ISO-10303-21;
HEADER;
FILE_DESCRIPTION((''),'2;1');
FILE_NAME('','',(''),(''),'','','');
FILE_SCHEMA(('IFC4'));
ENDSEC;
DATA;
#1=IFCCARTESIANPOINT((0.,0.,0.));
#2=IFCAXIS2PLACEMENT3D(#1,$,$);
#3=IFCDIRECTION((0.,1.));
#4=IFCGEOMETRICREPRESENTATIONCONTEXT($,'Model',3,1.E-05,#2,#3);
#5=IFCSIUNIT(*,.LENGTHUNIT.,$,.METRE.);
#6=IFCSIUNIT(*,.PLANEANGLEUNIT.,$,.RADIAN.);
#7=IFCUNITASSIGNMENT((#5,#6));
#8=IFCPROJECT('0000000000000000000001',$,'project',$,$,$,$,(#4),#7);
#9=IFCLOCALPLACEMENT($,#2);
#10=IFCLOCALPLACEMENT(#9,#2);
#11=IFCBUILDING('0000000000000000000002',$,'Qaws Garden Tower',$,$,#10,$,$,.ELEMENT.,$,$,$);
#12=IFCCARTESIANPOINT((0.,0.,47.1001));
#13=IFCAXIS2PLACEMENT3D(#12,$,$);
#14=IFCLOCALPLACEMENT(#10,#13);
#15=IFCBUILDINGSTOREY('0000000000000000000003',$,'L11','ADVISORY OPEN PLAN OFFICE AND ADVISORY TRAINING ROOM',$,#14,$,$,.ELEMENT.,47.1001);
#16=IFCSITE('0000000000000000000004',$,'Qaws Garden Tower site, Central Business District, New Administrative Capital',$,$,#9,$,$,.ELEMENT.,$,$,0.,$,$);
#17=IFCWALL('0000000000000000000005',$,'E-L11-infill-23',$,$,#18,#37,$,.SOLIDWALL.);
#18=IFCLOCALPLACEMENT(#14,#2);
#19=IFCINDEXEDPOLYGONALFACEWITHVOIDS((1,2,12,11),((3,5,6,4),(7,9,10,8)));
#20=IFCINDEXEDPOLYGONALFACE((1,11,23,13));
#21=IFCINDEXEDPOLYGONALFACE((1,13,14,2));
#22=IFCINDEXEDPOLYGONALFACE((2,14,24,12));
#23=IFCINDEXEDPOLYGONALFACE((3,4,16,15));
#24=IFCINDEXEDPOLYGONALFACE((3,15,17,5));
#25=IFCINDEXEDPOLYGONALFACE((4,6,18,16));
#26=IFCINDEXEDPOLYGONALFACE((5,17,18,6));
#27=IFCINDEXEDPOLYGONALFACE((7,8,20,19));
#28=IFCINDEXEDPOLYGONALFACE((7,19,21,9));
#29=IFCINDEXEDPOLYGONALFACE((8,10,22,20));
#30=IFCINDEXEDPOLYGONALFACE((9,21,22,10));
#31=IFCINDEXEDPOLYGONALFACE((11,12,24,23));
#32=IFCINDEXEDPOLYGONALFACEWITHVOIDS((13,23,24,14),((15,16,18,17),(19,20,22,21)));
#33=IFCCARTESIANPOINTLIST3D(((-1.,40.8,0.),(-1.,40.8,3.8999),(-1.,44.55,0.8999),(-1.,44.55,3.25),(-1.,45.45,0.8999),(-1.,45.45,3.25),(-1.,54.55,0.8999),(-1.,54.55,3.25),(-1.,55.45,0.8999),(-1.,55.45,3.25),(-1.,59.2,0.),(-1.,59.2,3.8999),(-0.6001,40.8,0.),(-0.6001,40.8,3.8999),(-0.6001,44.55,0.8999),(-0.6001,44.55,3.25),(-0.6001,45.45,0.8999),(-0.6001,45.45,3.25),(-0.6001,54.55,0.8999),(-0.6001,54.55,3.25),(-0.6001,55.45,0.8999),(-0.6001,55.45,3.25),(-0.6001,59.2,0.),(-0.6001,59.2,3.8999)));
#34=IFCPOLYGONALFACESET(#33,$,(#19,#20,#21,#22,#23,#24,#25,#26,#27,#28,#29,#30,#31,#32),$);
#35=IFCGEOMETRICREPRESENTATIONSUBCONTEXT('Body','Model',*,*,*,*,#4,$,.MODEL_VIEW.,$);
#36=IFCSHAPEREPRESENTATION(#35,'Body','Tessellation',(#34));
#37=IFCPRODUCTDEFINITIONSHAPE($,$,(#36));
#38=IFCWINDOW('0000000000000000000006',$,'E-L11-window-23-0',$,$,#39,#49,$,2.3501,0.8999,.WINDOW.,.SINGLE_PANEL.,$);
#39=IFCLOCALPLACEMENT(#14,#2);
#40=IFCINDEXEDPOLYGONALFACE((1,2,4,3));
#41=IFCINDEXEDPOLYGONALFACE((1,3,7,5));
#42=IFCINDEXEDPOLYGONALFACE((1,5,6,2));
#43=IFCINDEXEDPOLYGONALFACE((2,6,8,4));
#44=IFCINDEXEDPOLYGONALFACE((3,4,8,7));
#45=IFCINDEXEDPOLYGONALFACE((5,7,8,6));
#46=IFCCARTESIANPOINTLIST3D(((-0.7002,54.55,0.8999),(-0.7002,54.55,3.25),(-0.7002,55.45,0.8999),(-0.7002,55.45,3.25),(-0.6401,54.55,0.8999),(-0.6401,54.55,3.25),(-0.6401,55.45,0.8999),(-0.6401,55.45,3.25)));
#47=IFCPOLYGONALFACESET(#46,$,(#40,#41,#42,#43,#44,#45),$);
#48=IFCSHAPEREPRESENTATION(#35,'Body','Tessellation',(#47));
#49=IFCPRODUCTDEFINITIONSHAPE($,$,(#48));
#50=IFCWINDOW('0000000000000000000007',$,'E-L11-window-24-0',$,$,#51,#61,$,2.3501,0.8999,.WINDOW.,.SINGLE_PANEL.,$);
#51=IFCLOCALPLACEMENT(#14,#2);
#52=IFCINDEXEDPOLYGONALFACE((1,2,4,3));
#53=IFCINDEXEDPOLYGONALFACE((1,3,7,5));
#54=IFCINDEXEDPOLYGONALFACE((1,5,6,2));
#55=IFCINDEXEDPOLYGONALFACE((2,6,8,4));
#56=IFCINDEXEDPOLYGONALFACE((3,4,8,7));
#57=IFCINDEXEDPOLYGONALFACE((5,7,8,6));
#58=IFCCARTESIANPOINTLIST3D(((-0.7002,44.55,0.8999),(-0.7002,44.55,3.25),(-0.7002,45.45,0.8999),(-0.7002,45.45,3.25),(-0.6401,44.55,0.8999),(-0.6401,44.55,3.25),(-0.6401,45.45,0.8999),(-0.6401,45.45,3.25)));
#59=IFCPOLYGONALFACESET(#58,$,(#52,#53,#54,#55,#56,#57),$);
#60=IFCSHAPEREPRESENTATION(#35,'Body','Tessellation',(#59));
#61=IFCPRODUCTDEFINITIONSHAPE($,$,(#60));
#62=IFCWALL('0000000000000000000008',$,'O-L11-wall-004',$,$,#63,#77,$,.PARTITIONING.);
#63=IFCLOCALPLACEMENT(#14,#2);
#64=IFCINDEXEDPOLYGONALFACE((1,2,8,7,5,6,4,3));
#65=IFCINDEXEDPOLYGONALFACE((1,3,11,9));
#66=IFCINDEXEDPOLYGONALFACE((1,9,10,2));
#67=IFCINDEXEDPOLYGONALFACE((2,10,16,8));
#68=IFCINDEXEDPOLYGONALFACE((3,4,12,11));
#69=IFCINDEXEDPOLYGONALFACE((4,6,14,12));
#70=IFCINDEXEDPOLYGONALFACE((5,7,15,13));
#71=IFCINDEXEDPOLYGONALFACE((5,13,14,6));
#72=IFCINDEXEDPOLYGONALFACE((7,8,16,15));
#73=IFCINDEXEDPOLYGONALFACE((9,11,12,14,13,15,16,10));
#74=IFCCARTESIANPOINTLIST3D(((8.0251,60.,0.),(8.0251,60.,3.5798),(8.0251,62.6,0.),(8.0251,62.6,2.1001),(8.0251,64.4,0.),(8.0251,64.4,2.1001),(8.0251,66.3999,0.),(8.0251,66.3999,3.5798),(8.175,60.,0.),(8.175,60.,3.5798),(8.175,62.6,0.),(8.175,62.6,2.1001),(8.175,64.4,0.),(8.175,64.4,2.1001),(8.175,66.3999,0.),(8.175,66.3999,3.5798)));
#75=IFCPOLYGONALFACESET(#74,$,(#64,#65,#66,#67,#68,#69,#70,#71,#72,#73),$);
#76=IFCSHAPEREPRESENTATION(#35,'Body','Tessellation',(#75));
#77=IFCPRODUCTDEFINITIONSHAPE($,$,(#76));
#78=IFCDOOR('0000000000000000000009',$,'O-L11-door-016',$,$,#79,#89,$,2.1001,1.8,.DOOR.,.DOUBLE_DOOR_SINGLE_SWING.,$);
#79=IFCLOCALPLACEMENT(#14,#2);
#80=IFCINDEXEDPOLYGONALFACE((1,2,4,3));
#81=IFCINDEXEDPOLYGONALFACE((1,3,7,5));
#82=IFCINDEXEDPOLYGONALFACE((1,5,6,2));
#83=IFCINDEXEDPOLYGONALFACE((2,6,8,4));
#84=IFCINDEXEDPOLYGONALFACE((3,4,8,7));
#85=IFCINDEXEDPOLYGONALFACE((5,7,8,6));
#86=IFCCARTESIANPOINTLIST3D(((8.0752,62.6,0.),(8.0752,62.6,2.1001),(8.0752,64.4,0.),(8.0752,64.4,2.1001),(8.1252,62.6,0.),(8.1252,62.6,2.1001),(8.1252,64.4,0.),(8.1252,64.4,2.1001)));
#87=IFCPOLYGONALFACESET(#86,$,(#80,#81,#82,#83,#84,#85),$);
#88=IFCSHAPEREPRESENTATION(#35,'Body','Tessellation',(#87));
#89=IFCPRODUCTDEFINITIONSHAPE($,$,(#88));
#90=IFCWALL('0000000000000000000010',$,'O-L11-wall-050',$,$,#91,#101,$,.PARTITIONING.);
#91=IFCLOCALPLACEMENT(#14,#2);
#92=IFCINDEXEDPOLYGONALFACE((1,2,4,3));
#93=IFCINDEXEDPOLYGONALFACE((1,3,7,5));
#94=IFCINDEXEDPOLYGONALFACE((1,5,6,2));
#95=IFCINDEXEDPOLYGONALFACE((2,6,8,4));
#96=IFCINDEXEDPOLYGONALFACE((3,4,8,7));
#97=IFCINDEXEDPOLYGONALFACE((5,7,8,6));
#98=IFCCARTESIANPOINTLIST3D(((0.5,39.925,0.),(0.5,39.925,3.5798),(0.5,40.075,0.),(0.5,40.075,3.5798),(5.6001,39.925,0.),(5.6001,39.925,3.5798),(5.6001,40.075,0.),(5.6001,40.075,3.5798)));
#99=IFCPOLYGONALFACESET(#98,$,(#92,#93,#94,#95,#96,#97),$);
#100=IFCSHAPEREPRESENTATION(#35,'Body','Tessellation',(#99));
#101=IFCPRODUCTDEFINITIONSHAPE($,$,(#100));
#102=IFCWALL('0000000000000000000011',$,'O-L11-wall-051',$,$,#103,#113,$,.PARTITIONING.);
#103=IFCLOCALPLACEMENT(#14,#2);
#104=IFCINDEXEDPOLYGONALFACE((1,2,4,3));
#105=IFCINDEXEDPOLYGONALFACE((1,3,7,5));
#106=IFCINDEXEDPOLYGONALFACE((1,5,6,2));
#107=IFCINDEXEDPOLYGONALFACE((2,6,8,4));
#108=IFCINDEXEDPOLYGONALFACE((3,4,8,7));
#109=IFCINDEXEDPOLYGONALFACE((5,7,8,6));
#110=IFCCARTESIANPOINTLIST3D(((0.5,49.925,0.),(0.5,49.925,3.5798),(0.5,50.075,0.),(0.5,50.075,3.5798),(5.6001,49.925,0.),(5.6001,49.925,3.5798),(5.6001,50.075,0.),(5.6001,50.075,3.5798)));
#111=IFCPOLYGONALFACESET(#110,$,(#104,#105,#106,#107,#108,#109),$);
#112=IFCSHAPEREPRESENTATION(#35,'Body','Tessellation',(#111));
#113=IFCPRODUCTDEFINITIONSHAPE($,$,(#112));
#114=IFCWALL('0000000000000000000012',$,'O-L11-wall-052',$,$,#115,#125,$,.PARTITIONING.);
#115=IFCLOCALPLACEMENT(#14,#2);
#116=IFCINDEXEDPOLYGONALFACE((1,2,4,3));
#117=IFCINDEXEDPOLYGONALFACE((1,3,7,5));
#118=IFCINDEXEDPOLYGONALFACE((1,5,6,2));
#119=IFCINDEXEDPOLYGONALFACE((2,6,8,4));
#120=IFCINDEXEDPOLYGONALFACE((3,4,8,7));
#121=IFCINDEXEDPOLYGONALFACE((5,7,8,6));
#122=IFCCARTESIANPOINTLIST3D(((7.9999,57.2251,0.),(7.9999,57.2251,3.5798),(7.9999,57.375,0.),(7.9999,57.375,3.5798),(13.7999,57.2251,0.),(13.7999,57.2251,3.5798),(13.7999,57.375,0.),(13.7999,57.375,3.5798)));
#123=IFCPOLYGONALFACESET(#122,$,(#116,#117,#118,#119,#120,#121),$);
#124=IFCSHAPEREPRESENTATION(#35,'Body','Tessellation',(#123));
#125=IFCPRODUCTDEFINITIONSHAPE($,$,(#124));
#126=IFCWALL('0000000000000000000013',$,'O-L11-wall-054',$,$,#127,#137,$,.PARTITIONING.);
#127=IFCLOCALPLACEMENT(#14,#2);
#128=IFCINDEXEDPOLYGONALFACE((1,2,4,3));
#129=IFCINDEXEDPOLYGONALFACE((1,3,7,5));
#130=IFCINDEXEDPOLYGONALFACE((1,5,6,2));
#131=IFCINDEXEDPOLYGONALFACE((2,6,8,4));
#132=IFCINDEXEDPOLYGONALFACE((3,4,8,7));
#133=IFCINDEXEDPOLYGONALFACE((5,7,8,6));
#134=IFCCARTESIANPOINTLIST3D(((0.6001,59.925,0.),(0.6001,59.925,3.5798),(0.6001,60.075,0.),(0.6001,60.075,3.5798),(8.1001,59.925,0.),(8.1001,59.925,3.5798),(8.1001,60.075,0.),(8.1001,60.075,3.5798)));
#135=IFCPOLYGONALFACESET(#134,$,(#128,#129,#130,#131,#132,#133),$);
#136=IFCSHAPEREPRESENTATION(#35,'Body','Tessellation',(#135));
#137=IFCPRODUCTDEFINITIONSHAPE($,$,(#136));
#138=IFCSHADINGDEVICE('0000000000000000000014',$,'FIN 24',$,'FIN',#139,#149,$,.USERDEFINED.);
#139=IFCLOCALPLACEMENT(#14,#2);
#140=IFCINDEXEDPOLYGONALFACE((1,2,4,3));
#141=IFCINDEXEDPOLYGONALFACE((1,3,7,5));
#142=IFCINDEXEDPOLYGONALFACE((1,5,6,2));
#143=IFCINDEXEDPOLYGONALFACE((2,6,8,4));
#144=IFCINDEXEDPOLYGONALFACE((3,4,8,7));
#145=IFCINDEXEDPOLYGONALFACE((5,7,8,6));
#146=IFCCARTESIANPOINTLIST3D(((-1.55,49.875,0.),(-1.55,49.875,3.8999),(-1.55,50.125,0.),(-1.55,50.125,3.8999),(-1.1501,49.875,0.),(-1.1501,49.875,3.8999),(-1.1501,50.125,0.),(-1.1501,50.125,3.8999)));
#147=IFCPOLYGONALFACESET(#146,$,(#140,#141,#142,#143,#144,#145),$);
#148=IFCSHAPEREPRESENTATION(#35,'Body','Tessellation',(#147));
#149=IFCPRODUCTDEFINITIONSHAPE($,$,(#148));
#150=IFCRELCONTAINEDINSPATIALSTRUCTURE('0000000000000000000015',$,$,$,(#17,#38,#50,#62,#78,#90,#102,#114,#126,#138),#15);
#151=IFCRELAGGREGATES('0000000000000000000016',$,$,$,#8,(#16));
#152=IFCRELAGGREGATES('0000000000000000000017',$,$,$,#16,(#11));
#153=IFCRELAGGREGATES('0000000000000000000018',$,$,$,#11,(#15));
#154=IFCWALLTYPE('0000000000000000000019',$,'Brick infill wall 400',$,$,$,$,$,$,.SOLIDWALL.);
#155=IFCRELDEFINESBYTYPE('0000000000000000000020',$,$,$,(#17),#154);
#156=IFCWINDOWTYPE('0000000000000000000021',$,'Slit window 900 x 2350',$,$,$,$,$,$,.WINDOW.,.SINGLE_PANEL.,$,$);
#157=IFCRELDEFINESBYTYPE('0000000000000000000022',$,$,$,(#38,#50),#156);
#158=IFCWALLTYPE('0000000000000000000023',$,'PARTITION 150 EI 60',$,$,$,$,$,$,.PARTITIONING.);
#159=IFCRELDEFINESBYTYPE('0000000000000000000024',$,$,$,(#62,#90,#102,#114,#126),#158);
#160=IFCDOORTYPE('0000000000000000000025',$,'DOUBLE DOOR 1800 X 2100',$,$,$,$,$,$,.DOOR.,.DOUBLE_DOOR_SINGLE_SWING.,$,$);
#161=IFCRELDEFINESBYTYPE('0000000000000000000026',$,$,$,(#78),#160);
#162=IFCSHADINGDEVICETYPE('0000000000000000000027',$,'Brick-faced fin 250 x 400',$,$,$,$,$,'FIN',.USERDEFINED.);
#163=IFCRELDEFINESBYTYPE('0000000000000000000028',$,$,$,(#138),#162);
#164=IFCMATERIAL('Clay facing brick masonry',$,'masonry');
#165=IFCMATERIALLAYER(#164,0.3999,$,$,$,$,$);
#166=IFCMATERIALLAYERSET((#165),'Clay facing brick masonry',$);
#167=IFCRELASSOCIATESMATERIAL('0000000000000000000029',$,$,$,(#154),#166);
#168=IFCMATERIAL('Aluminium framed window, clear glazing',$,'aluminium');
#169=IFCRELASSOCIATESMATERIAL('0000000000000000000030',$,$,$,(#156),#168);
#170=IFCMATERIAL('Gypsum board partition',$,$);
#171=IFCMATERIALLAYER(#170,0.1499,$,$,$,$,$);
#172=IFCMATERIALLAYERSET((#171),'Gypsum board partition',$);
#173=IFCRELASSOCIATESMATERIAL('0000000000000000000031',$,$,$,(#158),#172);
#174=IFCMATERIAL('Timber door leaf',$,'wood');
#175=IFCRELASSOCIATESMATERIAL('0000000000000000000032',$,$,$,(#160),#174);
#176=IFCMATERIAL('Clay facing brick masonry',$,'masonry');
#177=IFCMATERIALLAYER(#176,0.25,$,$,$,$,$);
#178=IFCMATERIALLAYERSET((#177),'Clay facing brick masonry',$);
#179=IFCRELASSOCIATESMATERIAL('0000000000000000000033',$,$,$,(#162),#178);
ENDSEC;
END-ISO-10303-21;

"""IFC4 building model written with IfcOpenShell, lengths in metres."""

from ifc_helpers import new_model, si_unit, direction, frame, frame_2d, origin, origin_2d, place, context, subcontext, project, spatial, rectangle, extrude, material, layer, layer_set, type_object, element, fill, save


model = new_model("IFC4")

# Units and contexts
model_context = context("Model", 3, precision=1e-05, world=origin(), true_north=direction((0.0, 1.0)))
body_context = subcontext(model_context, "Body", "Model", "MODEL_VIEW")
ifc_project = project(units=[si_unit("LENGTHUNIT", "METRE"), si_unit("PLANEANGLEUNIT", "RADIAN")], contexts=[model_context])

# Site, building, storey
site_placement = place(None, origin())
site = spatial("IfcSite", under=ifc_project, at=site_placement, Name="Qaws Garden Tower site, Central Business District, New Administrative Capital", CompositionType="ELEMENT", RefElevation=0.0)
building_placement = place(site_placement, origin())
building = spatial("IfcBuilding", under=site, at=building_placement, Name="Qaws Garden Tower", CompositionType="ELEMENT")
storey_placement = place(building_placement, frame((0.0, 0.0, 47.1001)))
storey = spatial("IfcBuildingStorey", under=building, at=storey_placement, Name="L11", Description="ADVISORY OPEN PLAN OFFICE AND ADVISORY TRAINING ROOM", CompositionType="ELEMENT", Elevation=47.1001)

# Shared definitions
ifc_material_1 = material(Name="Clay facing brick masonry", Category="masonry")
ifc_layer_1 = layer(ifc_material_1, 0.3999)
ifc_layer_set_1 = layer_set([ifc_layer_1], Name="Clay facing brick masonry")
wall_type_1 = type_object("IfcWallType", Name="Brick infill wall 400", PredefinedType="SOLIDWALL", material=ifc_layer_set_1)

# Wall, openings, windows
wall_1_placement = place(storey_placement, frame((-0.8, 59.2, 0.0), z_axis=(0.0, 0.0, 1.0), x_axis=(0.0, -1.0, 0.0)))
wall_1 = element("IfcWall", 1, at=wall_1_placement, inside=storey, type_object=wall_type_1, Name="E-L11-infill-23", PredefinedType="SOLIDWALL", context=body_context, shape_type="SweptSolid", body=[
    extrude(rectangle(XDim=18.3999, YDim=0.3999, at=frame_2d((9.2, 0.0))), origin(), (0.0, 0.0, 1.0), 3.8999),
])
opening_1_placement = place(wall_1_placement, frame((3.75, 0.0, 0.8999)))
opening_1 = element("IfcOpeningElement", 2, at=opening_1_placement, cuts=wall_1, PredefinedType="OPENING", context=body_context, shape_type="SweptSolid", body=[
    extrude(rectangle(XDim=0.8999, YDim=2.3501, at=frame_2d((0.45, 1.175))), frame((0.0, 0.21, 0.0), z_axis=(0.0, -1.0, 0.0), x_axis=(1.0, 0.0, 0.0)), (0.0, 0.0, 1.0), 0.4199),
])
opening_2_placement = place(wall_1_placement, frame((13.75, 0.0, 0.8999)))
opening_2 = element("IfcOpeningElement", 3, at=opening_2_placement, cuts=wall_1, PredefinedType="OPENING", context=body_context, shape_type="SweptSolid", body=[
    extrude(rectangle(XDim=0.8999, YDim=2.3501, at=frame_2d((0.45, 1.175))), frame((0.0, 0.21, 0.0), z_axis=(0.0, -1.0, 0.0), x_axis=(1.0, 0.0, 0.0)), (0.0, 0.0, 1.0), 0.4199),
])
ifc_material_2 = material(Name="Aluminium framed window, clear glazing", Category="aluminium")
window_type_1 = type_object("IfcWindowType", Name="Slit window 900 x 2350", PartitioningType="SINGLE_PANEL", PredefinedType="WINDOW", material=ifc_material_2)
window_1_placement = place(opening_1_placement, origin())
window_1 = element("IfcWindow", 4, at=window_1_placement, inside=storey, type_object=window_type_1, Name="E-L11-window-23-0", OverallHeight=2.3501, OverallWidth=0.8999, PartitioningType="SINGLE_PANEL", PredefinedType="WINDOW", context=body_context, shape_type="SweptSolid", body=[
    extrude(rectangle(XDim=0.8999, YDim=2.3501, at=frame_2d((0.45, 1.175))), frame((0.0, 0.1599, 0.0), z_axis=(0.0, -1.0, 0.0), x_axis=(1.0, 0.0, 0.0)), (0.0, 0.0, 1.0), 0.0601),
])
fill(opening_1, window_1)
window_2_placement = place(opening_2_placement, origin())
window_2 = element("IfcWindow", 5, at=window_2_placement, inside=storey, type_object=window_type_1, Name="E-L11-window-24-0", OverallHeight=2.3501, OverallWidth=0.8999, PartitioningType="SINGLE_PANEL", PredefinedType="WINDOW", context=body_context, shape_type="SweptSolid", body=[
    extrude(rectangle(XDim=0.8999, YDim=2.3501, at=frame_2d((0.45, 1.175))), frame((0.0, 0.1599, 0.0), z_axis=(0.0, -1.0, 0.0), x_axis=(1.0, 0.0, 0.0)), (0.0, 0.0, 1.0), 0.0601),
])
fill(opening_2, window_2)

# Wall, opening, door
ifc_material_3 = material(Name="Gypsum board partition")
ifc_layer_2 = layer(ifc_material_3, 0.1499)
ifc_layer_set_2 = layer_set([ifc_layer_2], Name="Gypsum board partition")
wall_type_2 = type_object("IfcWallType", Name="PARTITION 150 EI 60", PredefinedType="PARTITIONING", material=ifc_layer_set_2)
wall_2_placement = place(storey_placement, frame((8.1001, 60.0, 0.0), z_axis=(0.0, 0.0, 1.0), x_axis=(0.0, 1.0, 0.0)))
wall_2 = element("IfcWall", 6, at=wall_2_placement, inside=storey, type_object=wall_type_2, Name="O-L11-wall-004", PredefinedType="PARTITIONING", context=body_context, shape_type="SweptSolid", body=[
    extrude(rectangle(XDim=6.3999, YDim=0.1499, at=frame_2d((3.2, 0.0))), origin(), (0.0, 0.0, 1.0), 3.5798),
])
opening_3_placement = place(wall_2_placement, frame((2.6001, 0.0, 0.0)))
opening_3 = element("IfcOpeningElement", 7, at=opening_3_placement, cuts=wall_2, PredefinedType="OPENING", context=body_context, shape_type="SweptSolid", body=[
    extrude(rectangle(XDim=1.8, YDim=2.1001, at=frame_2d((0.8999, 1.05))), frame((0.0, 0.085, 0.0), z_axis=(0.0, -1.0, 0.0), x_axis=(1.0, 0.0, 0.0)), (0.0, 0.0, 1.0), 0.1699),
])
ifc_material_4 = material(Name="Timber door leaf", Category="wood")
door_type = type_object("IfcDoorType", Name="DOUBLE DOOR 1800 X 2100", OperationType="DOUBLE_DOOR_SINGLE_SWING", PredefinedType="DOOR", material=ifc_material_4)
door_placement = place(opening_3_placement, origin())
door = element("IfcDoor", 8, at=door_placement, inside=storey, type_object=door_type, Name="O-L11-door-016", OperationType="DOUBLE_DOOR_SINGLE_SWING", OverallHeight=2.1001, OverallWidth=1.8, PredefinedType="DOOR", context=body_context, shape_type="SweptSolid", body=[
    extrude(rectangle(XDim=1.8, YDim=2.1001, at=frame_2d((0.8999, 1.05))), frame((0.0, 0.0249, 0.0), z_axis=(0.0, -1.0, 0.0), x_axis=(1.0, 0.0, 0.0)), (0.0, 0.0, 1.0), 0.05),
])
fill(opening_3, door)

# Walls
for number, where, z_axis, x_axis, name in (
    (9, (0.5, 40.0, 0.0), (0.0, 0.0, 1.0), (1.0, 0.0, 0.0), "O-L11-wall-050"),
    (10, (0.5, 50.0, 0.0), (0.0, 0.0, 1.0), (1.0, 0.0, 0.0), "O-L11-wall-051"),
):
    element("IfcWall", number, at=place(storey_placement, frame(where, z_axis=z_axis, x_axis=x_axis)), inside=storey, type_object=wall_type_2, Name=name, PredefinedType="PARTITIONING", context=body_context, shape_type="SweptSolid", body=[
        extrude(rectangle(XDim=5.1001, YDim=0.1499, at=frame_2d((2.55, 0.0))), origin(), (0.0, 0.0, 1.0), 3.5798),
    ])
wall_3_placement = place(storey_placement, frame((8.0, 57.3, 0.0), z_axis=(0.0, 0.0, 1.0), x_axis=(1.0, 0.0, 0.0)))
element("IfcWall", 11, at=wall_3_placement, inside=storey, type_object=wall_type_2, Name="O-L11-wall-052", PredefinedType="PARTITIONING", context=body_context, shape_type="SweptSolid", body=[
    extrude(rectangle(XDim=5.8, YDim=0.1499, at=frame_2d((2.8999, 0.0))), origin(), (0.0, 0.0, 1.0), 3.5798),
])
wall_4_placement = place(storey_placement, frame((0.6001, 60.0, 0.0), z_axis=(0.0, 0.0, 1.0), x_axis=(1.0, 0.0, 0.0)))
element("IfcWall", 12, at=wall_4_placement, inside=storey, type_object=wall_type_2, Name="O-L11-wall-054", PredefinedType="PARTITIONING", context=body_context, shape_type="SweptSolid", body=[
    extrude(rectangle(XDim=7.5, YDim=0.1499, at=frame_2d((3.75, 0.0))), origin(), (0.0, 0.0, 1.0), 3.5798),
])

# Shading device
ifc_material_5 = material(Name="Clay facing brick masonry", Category="masonry")
ifc_layer_3 = layer(ifc_material_5, 0.25)
ifc_layer_set_3 = layer_set([ifc_layer_3], Name="Clay facing brick masonry")
shading_device_type = type_object("IfcShadingDeviceType", Name="Brick-faced fin 250 x 400", ElementType="FIN", PredefinedType="USERDEFINED", material=ifc_layer_set_3)
shading_device_placement = place(storey_placement, frame((-1.3501, 50.0, 0.0), z_axis=(0.0, 0.0, 1.0), x_axis=(0.0, -1.0, 0.0)))
element("IfcShadingDevice", 13, at=shading_device_placement, inside=storey, type_object=shading_device_type, Name="FIN 24", ObjectType="FIN", PredefinedType="USERDEFINED", context=body_context, shape_type="SweptSolid", body=[
    extrude(rectangle(XDim=0.25, YDim=0.3999, at=origin_2d()), origin(), (0.0, 0.0, 1.0), 3.8999),
])

save(model, "model.ifc")
